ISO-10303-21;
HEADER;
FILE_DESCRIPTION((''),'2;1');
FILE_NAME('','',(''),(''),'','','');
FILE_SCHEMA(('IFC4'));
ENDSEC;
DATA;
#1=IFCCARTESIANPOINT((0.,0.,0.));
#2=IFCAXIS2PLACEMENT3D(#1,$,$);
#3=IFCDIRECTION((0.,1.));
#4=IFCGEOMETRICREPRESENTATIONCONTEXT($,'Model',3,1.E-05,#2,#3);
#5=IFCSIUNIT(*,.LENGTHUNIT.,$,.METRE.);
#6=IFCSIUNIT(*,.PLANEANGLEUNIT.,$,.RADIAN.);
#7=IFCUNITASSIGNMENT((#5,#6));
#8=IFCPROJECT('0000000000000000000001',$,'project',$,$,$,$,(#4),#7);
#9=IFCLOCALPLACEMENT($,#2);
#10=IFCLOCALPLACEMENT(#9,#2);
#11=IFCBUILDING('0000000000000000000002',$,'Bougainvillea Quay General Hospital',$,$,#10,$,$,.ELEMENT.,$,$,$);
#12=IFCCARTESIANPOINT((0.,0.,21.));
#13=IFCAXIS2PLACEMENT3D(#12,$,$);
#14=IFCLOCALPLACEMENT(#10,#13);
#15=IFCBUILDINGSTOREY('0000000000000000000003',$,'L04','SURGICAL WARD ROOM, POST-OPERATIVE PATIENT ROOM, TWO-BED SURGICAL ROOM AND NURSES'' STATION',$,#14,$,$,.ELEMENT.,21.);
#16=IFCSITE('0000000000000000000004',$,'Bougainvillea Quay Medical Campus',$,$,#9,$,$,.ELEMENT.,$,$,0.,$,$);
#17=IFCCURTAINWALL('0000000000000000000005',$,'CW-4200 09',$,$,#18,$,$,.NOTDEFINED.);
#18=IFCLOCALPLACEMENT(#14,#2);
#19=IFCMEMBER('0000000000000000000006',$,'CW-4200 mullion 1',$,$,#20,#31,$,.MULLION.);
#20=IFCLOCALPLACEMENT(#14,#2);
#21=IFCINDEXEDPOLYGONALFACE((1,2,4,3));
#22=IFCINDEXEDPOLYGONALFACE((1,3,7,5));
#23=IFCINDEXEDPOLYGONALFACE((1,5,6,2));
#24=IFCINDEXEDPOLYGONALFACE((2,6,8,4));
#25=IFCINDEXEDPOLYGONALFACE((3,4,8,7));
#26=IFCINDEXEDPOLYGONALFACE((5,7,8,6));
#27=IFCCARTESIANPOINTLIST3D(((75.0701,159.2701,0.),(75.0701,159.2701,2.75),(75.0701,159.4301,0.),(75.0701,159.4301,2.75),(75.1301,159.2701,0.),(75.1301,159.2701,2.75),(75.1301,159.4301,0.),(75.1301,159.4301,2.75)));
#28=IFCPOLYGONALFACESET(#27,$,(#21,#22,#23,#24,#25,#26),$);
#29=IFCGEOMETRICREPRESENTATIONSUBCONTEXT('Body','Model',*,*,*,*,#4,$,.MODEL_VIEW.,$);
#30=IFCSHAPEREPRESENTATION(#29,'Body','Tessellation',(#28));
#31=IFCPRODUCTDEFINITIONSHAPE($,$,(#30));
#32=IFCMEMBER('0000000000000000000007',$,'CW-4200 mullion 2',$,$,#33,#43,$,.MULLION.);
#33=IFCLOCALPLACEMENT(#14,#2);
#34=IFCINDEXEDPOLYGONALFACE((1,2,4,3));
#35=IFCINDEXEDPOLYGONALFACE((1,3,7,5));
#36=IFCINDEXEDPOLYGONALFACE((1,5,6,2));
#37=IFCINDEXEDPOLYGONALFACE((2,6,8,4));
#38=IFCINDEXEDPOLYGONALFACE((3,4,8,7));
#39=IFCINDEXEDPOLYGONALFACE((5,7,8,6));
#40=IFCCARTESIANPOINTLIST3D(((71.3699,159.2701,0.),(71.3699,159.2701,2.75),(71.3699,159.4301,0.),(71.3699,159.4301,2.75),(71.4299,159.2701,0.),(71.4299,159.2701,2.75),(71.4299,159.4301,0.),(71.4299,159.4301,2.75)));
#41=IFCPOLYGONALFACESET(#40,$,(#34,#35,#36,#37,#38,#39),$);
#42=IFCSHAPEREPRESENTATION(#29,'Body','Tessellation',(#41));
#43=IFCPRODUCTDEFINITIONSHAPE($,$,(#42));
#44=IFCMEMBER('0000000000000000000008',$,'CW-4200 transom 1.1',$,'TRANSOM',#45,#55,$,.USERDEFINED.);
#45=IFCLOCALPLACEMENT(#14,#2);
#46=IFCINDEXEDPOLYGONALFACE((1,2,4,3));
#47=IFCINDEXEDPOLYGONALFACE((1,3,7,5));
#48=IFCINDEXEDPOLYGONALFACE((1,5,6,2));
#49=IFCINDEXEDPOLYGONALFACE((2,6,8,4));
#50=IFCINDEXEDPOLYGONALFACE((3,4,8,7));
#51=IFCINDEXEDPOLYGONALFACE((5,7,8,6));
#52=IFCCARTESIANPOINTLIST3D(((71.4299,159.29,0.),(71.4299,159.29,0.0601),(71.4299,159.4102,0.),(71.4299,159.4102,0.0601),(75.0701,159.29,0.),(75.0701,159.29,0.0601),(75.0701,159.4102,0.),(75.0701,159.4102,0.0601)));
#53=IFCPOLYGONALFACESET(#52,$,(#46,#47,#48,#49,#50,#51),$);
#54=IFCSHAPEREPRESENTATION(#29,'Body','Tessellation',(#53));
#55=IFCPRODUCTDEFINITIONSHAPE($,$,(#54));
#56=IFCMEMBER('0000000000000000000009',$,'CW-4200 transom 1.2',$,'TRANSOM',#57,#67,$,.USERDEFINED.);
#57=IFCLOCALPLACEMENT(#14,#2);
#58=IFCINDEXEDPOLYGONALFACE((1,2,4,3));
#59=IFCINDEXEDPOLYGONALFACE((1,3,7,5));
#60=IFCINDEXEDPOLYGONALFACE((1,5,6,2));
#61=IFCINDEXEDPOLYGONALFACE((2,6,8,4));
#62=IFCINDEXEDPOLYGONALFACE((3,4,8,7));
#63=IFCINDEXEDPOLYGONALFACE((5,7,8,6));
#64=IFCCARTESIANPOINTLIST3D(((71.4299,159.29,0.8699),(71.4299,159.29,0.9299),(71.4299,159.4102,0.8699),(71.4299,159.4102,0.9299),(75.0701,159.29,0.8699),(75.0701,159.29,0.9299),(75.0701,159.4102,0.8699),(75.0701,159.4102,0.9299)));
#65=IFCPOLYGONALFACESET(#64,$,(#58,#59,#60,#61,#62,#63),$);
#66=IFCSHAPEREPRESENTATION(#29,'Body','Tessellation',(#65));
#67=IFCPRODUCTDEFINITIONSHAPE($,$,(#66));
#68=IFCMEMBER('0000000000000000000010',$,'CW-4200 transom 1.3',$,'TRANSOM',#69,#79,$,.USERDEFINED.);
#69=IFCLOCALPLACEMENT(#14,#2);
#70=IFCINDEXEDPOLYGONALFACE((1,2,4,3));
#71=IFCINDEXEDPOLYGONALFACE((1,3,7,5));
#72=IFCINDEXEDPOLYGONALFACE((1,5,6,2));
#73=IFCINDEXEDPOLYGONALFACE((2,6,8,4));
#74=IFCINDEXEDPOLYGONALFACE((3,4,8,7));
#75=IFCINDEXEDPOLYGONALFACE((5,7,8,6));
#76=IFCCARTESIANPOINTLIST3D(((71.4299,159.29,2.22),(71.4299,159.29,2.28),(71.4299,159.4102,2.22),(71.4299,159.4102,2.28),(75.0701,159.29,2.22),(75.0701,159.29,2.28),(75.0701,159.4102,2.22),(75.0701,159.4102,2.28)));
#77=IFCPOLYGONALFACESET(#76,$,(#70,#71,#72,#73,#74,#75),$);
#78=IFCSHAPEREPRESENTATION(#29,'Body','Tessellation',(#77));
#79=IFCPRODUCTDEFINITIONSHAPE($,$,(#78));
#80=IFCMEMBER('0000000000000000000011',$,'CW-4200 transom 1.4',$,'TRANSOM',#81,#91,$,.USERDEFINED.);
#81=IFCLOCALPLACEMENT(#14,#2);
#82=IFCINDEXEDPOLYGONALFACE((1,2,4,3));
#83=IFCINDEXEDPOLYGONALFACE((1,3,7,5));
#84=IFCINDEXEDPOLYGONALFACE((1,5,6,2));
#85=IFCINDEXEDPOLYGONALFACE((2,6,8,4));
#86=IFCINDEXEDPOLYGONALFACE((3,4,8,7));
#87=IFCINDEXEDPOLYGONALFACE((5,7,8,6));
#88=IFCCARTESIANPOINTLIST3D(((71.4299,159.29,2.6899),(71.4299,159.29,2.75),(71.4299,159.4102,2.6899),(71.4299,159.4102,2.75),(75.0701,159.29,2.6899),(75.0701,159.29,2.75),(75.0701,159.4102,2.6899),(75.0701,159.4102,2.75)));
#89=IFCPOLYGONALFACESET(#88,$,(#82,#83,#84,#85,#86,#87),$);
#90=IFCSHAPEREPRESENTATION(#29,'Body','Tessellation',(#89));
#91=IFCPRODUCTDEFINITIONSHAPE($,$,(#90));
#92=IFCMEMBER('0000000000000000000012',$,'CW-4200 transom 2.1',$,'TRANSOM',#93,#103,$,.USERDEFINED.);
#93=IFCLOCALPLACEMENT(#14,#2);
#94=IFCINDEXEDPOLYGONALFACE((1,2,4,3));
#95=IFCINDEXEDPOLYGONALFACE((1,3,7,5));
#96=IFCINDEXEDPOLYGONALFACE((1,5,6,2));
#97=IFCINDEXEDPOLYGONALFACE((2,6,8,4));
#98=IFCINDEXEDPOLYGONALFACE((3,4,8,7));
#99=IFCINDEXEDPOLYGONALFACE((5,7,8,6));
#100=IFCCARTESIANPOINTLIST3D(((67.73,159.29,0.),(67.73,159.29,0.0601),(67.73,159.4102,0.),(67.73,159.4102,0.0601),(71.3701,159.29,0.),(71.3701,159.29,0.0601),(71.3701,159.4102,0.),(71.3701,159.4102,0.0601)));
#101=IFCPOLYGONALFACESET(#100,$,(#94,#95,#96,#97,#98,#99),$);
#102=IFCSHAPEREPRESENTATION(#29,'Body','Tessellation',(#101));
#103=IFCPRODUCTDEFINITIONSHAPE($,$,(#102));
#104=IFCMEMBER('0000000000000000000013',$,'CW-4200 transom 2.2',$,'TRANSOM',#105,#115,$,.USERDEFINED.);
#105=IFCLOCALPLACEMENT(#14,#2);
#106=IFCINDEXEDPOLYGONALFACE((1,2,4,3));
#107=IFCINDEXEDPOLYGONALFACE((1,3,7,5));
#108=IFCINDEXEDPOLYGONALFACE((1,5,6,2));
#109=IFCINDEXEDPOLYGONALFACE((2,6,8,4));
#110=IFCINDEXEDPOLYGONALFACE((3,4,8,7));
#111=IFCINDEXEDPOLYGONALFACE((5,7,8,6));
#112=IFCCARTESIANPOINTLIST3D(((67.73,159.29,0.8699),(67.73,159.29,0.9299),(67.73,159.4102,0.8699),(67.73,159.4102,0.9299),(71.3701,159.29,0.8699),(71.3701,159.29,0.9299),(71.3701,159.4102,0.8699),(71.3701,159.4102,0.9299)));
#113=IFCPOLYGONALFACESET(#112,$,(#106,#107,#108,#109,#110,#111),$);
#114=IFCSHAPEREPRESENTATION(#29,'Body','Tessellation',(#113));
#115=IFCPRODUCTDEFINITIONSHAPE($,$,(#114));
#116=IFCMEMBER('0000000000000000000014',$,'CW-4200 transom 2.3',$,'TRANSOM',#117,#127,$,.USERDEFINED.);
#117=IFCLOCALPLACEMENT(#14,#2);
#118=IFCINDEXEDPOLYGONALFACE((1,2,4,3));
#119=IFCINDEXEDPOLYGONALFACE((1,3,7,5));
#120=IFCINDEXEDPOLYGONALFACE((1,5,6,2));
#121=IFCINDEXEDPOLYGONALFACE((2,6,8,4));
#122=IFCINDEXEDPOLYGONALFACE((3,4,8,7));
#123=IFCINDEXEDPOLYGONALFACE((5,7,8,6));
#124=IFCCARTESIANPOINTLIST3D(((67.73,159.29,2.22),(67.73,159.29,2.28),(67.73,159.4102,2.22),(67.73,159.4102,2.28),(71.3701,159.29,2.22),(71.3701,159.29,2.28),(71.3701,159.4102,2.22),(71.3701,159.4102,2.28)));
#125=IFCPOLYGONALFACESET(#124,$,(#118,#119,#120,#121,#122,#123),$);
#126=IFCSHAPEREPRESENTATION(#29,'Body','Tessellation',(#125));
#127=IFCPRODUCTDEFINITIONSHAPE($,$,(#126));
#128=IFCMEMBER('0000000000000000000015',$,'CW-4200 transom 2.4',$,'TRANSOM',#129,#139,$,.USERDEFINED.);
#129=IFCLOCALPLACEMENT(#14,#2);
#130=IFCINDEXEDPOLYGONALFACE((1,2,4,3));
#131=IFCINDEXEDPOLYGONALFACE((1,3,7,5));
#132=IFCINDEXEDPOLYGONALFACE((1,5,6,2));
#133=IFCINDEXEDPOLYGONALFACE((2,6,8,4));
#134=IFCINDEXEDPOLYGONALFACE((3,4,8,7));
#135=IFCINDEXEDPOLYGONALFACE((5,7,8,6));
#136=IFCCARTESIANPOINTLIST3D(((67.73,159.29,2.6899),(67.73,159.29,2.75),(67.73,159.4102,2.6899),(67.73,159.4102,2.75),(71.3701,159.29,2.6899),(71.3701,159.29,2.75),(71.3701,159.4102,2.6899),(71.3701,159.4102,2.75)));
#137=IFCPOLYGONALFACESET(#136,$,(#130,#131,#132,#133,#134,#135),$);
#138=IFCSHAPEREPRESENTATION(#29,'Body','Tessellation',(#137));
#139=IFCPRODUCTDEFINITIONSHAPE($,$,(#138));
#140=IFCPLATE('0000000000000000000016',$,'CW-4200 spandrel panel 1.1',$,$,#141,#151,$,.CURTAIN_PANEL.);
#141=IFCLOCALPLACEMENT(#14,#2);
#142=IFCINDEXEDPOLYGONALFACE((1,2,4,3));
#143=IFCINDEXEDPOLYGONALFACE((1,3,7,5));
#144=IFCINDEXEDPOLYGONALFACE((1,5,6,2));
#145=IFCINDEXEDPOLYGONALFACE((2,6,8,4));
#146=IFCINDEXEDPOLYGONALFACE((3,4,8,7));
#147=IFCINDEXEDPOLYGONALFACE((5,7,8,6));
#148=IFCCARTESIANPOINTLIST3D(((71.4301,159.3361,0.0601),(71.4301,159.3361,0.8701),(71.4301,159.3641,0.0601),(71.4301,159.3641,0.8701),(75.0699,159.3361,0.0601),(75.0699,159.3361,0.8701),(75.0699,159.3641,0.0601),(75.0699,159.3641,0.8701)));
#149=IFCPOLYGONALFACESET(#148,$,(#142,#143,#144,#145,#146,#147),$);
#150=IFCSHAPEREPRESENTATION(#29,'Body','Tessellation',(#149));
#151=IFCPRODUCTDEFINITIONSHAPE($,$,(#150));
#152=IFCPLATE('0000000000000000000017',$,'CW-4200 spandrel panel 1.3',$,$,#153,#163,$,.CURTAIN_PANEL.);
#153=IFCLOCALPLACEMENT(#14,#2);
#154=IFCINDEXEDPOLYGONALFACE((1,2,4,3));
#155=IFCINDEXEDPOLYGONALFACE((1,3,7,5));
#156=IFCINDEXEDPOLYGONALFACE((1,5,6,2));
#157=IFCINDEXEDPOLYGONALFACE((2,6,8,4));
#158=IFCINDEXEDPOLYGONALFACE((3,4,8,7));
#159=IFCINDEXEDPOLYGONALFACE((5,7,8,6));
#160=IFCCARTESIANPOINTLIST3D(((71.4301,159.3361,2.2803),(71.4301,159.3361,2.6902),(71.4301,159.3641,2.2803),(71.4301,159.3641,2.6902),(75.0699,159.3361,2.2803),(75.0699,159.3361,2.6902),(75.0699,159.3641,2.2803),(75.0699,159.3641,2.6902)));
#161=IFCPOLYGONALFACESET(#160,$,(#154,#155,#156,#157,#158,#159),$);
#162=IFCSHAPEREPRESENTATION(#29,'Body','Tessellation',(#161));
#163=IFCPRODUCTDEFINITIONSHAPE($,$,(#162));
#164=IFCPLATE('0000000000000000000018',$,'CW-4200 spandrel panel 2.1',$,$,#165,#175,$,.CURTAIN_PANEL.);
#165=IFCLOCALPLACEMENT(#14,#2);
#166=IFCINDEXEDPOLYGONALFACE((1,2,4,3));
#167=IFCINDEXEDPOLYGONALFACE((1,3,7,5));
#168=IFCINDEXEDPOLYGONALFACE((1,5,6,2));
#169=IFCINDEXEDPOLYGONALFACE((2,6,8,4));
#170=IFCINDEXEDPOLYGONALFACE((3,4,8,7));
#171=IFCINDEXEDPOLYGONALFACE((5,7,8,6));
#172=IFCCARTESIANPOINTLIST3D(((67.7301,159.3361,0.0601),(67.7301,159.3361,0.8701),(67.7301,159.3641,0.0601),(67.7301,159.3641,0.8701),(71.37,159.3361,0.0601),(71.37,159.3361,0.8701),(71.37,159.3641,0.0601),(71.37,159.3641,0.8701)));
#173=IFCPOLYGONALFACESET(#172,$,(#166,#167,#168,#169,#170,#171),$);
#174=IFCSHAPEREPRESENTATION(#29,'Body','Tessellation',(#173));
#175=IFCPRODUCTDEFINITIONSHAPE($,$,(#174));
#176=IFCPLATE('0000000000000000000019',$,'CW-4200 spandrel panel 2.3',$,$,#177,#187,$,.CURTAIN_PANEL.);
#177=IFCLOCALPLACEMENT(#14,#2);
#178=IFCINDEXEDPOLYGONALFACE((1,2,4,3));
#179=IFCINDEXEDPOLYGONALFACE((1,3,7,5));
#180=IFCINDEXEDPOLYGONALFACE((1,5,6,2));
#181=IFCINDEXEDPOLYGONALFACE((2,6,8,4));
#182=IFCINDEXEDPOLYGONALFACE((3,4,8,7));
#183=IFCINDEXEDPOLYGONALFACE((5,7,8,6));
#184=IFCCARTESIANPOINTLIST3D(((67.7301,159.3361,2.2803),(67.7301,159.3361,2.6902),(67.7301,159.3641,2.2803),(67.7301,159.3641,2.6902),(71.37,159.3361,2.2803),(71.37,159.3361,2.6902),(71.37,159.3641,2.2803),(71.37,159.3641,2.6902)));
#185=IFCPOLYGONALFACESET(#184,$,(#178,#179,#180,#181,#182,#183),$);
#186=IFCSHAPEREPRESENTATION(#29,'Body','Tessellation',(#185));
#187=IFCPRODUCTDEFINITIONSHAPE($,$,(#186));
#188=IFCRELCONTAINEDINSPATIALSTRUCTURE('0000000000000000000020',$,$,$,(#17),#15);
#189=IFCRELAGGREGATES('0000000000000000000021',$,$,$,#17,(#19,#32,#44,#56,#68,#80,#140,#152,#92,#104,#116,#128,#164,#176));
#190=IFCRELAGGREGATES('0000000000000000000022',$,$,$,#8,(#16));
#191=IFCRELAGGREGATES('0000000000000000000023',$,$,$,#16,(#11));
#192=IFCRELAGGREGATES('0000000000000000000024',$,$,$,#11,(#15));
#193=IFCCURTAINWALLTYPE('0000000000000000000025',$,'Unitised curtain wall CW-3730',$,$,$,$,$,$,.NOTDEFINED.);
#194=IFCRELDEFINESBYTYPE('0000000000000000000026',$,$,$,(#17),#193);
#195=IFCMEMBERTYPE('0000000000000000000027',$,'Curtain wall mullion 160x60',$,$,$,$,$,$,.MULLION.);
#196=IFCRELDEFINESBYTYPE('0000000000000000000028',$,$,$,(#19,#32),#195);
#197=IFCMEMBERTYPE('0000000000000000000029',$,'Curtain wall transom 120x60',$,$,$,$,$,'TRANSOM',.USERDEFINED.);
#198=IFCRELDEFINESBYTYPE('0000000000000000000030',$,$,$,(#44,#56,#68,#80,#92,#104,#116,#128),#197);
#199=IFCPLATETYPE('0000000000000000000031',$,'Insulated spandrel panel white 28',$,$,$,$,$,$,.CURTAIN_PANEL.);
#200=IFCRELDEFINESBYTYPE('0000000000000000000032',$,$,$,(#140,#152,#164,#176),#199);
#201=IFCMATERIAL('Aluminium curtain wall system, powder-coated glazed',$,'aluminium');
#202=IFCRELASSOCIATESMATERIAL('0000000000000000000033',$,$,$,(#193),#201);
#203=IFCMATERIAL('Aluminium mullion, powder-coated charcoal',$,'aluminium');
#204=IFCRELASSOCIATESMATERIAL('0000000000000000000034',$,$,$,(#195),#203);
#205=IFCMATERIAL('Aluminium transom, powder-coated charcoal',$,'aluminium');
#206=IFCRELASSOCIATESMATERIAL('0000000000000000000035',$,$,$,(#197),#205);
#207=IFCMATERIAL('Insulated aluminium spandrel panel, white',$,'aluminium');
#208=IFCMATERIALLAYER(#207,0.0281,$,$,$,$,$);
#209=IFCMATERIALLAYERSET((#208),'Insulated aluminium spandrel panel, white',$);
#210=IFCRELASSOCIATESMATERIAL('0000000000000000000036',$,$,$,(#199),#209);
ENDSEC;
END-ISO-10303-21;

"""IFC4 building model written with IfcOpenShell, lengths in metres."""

from ifc_helpers import new_model, si_unit, direction, frame, origin, origin_2d, place, context, subcontext, project, spatial, rectangle, extrude, material, layer, layer_set, material_profile, profile_set, type_object, element, aggregate, save


model = new_model("IFC4")

# Units and contexts
model_context = context("Model", 3, precision=1e-05, world=origin(), true_north=direction((0.0, 1.0)))
body_context = subcontext(model_context, "Body", "Model", "MODEL_VIEW")
ifc_project = project(units=[si_unit("LENGTHUNIT", "METRE"), si_unit("PLANEANGLEUNIT", "RADIAN")], contexts=[model_context])

# Site, building, storey
site_placement = place(None, origin())
site = spatial("IfcSite", under=ifc_project, at=site_placement, Name="Bougainvillea Quay Medical Campus", CompositionType="ELEMENT", RefElevation=0.0)
building_placement = place(site_placement, origin())
building = spatial("IfcBuilding", under=site, at=building_placement, Name="Bougainvillea Quay General Hospital", CompositionType="ELEMENT")
storey_placement = place(building_placement, frame((0.0, 0.0, 21.0)))
storey = spatial("IfcBuildingStorey", under=building, at=storey_placement, Name="L04", Description="SURGICAL WARD ROOM, POST-OPERATIVE PATIENT ROOM, TWO-BED SURGICAL ROOM AND NURSES' STATION", CompositionType="ELEMENT", Elevation=21.0)

# Curtain wall, members, plates
ifc_material_1 = material(Name="Aluminium curtain wall system, powder-coated glazed", Category="aluminium")
curtain_wall_type = type_object("IfcCurtainWallType", Name="Unitised curtain wall CW-3730", PredefinedType="NOTDEFINED", material=ifc_material_1)
curtain_wall_placement = place(storey_placement, origin())
curtain_wall = element("IfcCurtainWall", 1, at=curtain_wall_placement, inside=storey, type_object=curtain_wall_type, Name="CW-4200 09", PredefinedType="NOTDEFINED")
ifc_material_2 = material(Name="Aluminium mullion, powder-coated charcoal", Category="aluminium")
ifc_material_profile_1 = material_profile(ifc_material_2, rectangle(XDim=0.1599, YDim=0.0601, at=origin_2d()))
ifc_profile_set_1 = profile_set([ifc_material_profile_1], Name="Aluminium mullion, powder-coated charcoal")
member_type_1 = type_object("IfcMemberType", Name="Curtain wall mullion 160x60", PredefinedType="MULLION", material=ifc_profile_set_1)
member_1_placement = place(storey_placement, frame((75.1001, 159.3501, 0.0), z_axis=(0.0, 0.0, 1.0), x_axis=(0.0, -1.0, 0.0)))
member_1 = element("IfcMember", 2, at=member_1_placement, type_object=member_type_1, Name="CW-4200 mullion 1", PredefinedType="MULLION", context=body_context, shape_type="SweptSolid", body=[
    extrude(rectangle(XDim=0.1599, YDim=0.0601, at=origin_2d()), origin(), (0.0, 0.0, 1.0), 2.75),
])
member_2_placement = place(storey_placement, frame((71.3999, 159.3501, 0.0), z_axis=(0.0, 0.0, 1.0), x_axis=(0.0, -1.0, 0.0)))
member_2 = element("IfcMember", 3, at=member_2_placement, type_object=member_type_1, Name="CW-4200 mullion 2", PredefinedType="MULLION", context=body_context, shape_type="SweptSolid", body=[
    extrude(rectangle(XDim=0.1599, YDim=0.0601, at=origin_2d()), origin(), (0.0, 0.0, 1.0), 2.75),
])
ifc_material_3 = material(Name="Aluminium transom, powder-coated charcoal", Category="aluminium")
ifc_material_profile_2 = material_profile(ifc_material_3, rectangle(XDim=0.1201, YDim=0.0601, at=origin_2d()))
ifc_profile_set_2 = profile_set([ifc_material_profile_2], Name="Aluminium transom, powder-coated charcoal")
member_type_2 = type_object("IfcMemberType", Name="Curtain wall transom 120x60", ElementType="TRANSOM", PredefinedType="USERDEFINED", material=ifc_profile_set_2)
member_3_placement = place(storey_placement, frame((75.0701, 159.3501, 0.03), z_axis=(-1.0, 0.0, 0.0), x_axis=(0.0, -1.0, 0.0)))
member_3 = element("IfcMember", 4, at=member_3_placement, type_object=member_type_2, Name="CW-4200 transom 1.1", ObjectType="TRANSOM", PredefinedType="USERDEFINED", context=body_context, shape_type="SweptSolid", body=[
    extrude(rectangle(XDim=0.1201, YDim=0.0601, at=origin_2d()), origin(), (0.0, 0.0, 1.0), 3.6401),
])
member_4_placement = place(storey_placement, frame((75.0701, 159.3501, 0.8999), z_axis=(-1.0, 0.0, 0.0), x_axis=(0.0, -1.0, 0.0)))
member_4 = element("IfcMember", 5, at=member_4_placement, type_object=member_type_2, Name="CW-4200 transom 1.2", ObjectType="TRANSOM", PredefinedType="USERDEFINED", context=body_context, shape_type="SweptSolid", body=[
    extrude(rectangle(XDim=0.1201, YDim=0.0601, at=origin_2d()), origin(), (0.0, 0.0, 1.0), 3.6401),
])
member_5_placement = place(storey_placement, frame((75.0701, 159.3501, 2.25), z_axis=(-1.0, 0.0, 0.0), x_axis=(0.0, -1.0, 0.0)))
member_5 = element("IfcMember", 6, at=member_5_placement, type_object=member_type_2, Name="CW-4200 transom 1.3", ObjectType="TRANSOM", PredefinedType="USERDEFINED", context=body_context, shape_type="SweptSolid", body=[
    extrude(rectangle(XDim=0.1201, YDim=0.0601, at=origin_2d()), origin(), (0.0, 0.0, 1.0), 3.6401),
])
member_6_placement = place(storey_placement, frame((75.0701, 159.3501, 2.72), z_axis=(-1.0, 0.0, 0.0), x_axis=(0.0, -1.0, 0.0)))
member_6 = element("IfcMember", 7, at=member_6_placement, type_object=member_type_2, Name="CW-4200 transom 1.4", ObjectType="TRANSOM", PredefinedType="USERDEFINED", context=body_context, shape_type="SweptSolid", body=[
    extrude(rectangle(XDim=0.1201, YDim=0.0601, at=origin_2d()), origin(), (0.0, 0.0, 1.0), 3.6401),
])
member_7_placement = place(storey_placement, frame((71.3701, 159.3501, 0.03), z_axis=(-1.0, 0.0, 0.0), x_axis=(0.0, -1.0, 0.0)))
member_7 = element("IfcMember", 8, at=member_7_placement, type_object=member_type_2, Name="CW-4200 transom 2.1", ObjectType="TRANSOM", PredefinedType="USERDEFINED", context=body_context, shape_type="SweptSolid", body=[
    extrude(rectangle(XDim=0.1201, YDim=0.0601, at=origin_2d()), origin(), (0.0, 0.0, 1.0), 3.6401),
])
member_8_placement = place(storey_placement, frame((71.3701, 159.3501, 0.8999), z_axis=(-1.0, 0.0, 0.0), x_axis=(0.0, -1.0, 0.0)))
member_8 = element("IfcMember", 9, at=member_8_placement, type_object=member_type_2, Name="CW-4200 transom 2.2", ObjectType="TRANSOM", PredefinedType="USERDEFINED", context=body_context, shape_type="SweptSolid", body=[
    extrude(rectangle(XDim=0.1201, YDim=0.0601, at=origin_2d()), origin(), (0.0, 0.0, 1.0), 3.6401),
])
member_9_placement = place(storey_placement, frame((71.3701, 159.3501, 2.25), z_axis=(-1.0, 0.0, 0.0), x_axis=(0.0, -1.0, 0.0)))
member_9 = element("IfcMember", 10, at=member_9_placement, type_object=member_type_2, Name="CW-4200 transom 2.3", ObjectType="TRANSOM", PredefinedType="USERDEFINED", context=body_context, shape_type="SweptSolid", body=[
    extrude(rectangle(XDim=0.1201, YDim=0.0601, at=origin_2d()), origin(), (0.0, 0.0, 1.0), 3.6401),
])
member_10_placement = place(storey_placement, frame((71.3701, 159.3501, 2.72), z_axis=(-1.0, 0.0, 0.0), x_axis=(0.0, -1.0, 0.0)))
member_10 = element("IfcMember", 11, at=member_10_placement, type_object=member_type_2, Name="CW-4200 transom 2.4", ObjectType="TRANSOM", PredefinedType="USERDEFINED", context=body_context, shape_type="SweptSolid", body=[
    extrude(rectangle(XDim=0.1201, YDim=0.0601, at=origin_2d()), origin(), (0.0, 0.0, 1.0), 3.6401),
])
ifc_material_4 = material(Name="Insulated aluminium spandrel panel, white", Category="aluminium")
ifc_layer_1 = layer(ifc_material_4, 0.0281)
ifc_layer_set_1 = layer_set([ifc_layer_1], Name="Insulated aluminium spandrel panel, white")
plate_type_1 = type_object("IfcPlateType", Name="Insulated spandrel panel white 28", PredefinedType="CURTAIN_PANEL", material=ifc_layer_set_1)
plate_1_placement = place(storey_placement, frame((73.25, 159.3501, 0.0601), z_axis=(0.0, 0.0, 1.0), x_axis=(-1.0, 0.0, 0.0)))
plate_1 = element("IfcPlate", 12, at=plate_1_placement, type_object=plate_type_1, Name="CW-4200 spandrel panel 1.1", PredefinedType="CURTAIN_PANEL", context=body_context, shape_type="SweptSolid", body=[
    extrude(rectangle(XDim=3.6399, YDim=0.0281, at=origin_2d()), origin(), (0.0, 0.0, 1.0), 0.8101),
])
plate_2_placement = place(storey_placement, frame((73.25, 159.3501, 2.2803), z_axis=(0.0, 0.0, 1.0), x_axis=(-1.0, 0.0, 0.0)))
plate_2 = element("IfcPlate", 13, at=plate_2_placement, type_object=plate_type_1, Name="CW-4200 spandrel panel 1.3", PredefinedType="CURTAIN_PANEL", context=body_context, shape_type="SweptSolid", body=[
    extrude(rectangle(XDim=3.6399, YDim=0.0281, at=origin_2d()), origin(), (0.0, 0.0, 1.0), 0.4099),
])
plate_3_placement = place(storey_placement, frame((69.55, 159.3501, 0.0601), z_axis=(0.0, 0.0, 1.0), x_axis=(-1.0, 0.0, 0.0)))
plate_3 = element("IfcPlate", 14, at=plate_3_placement, type_object=plate_type_1, Name="CW-4200 spandrel panel 2.1", PredefinedType="CURTAIN_PANEL", context=body_context, shape_type="SweptSolid", body=[
    extrude(rectangle(XDim=3.6399, YDim=0.0281, at=origin_2d()), origin(), (0.0, 0.0, 1.0), 0.8101),
])
plate_4_placement = place(storey_placement, frame((69.55, 159.3501, 2.2803), z_axis=(0.0, 0.0, 1.0), x_axis=(-1.0, 0.0, 0.0)))
plate_4 = element("IfcPlate", 15, at=plate_4_placement, type_object=plate_type_1, Name="CW-4200 spandrel panel 2.3", PredefinedType="CURTAIN_PANEL", context=body_context, shape_type="SweptSolid", body=[
    extrude(rectangle(XDim=3.6399, YDim=0.0281, at=origin_2d()), origin(), (0.0, 0.0, 1.0), 0.4099),
])
aggregate(curtain_wall, [member_1, member_2, member_3, member_4, member_5, member_6, plate_1, plate_2, member_7, member_8, member_9, member_10, plate_3, plate_4])

save(model, "model.ifc")
